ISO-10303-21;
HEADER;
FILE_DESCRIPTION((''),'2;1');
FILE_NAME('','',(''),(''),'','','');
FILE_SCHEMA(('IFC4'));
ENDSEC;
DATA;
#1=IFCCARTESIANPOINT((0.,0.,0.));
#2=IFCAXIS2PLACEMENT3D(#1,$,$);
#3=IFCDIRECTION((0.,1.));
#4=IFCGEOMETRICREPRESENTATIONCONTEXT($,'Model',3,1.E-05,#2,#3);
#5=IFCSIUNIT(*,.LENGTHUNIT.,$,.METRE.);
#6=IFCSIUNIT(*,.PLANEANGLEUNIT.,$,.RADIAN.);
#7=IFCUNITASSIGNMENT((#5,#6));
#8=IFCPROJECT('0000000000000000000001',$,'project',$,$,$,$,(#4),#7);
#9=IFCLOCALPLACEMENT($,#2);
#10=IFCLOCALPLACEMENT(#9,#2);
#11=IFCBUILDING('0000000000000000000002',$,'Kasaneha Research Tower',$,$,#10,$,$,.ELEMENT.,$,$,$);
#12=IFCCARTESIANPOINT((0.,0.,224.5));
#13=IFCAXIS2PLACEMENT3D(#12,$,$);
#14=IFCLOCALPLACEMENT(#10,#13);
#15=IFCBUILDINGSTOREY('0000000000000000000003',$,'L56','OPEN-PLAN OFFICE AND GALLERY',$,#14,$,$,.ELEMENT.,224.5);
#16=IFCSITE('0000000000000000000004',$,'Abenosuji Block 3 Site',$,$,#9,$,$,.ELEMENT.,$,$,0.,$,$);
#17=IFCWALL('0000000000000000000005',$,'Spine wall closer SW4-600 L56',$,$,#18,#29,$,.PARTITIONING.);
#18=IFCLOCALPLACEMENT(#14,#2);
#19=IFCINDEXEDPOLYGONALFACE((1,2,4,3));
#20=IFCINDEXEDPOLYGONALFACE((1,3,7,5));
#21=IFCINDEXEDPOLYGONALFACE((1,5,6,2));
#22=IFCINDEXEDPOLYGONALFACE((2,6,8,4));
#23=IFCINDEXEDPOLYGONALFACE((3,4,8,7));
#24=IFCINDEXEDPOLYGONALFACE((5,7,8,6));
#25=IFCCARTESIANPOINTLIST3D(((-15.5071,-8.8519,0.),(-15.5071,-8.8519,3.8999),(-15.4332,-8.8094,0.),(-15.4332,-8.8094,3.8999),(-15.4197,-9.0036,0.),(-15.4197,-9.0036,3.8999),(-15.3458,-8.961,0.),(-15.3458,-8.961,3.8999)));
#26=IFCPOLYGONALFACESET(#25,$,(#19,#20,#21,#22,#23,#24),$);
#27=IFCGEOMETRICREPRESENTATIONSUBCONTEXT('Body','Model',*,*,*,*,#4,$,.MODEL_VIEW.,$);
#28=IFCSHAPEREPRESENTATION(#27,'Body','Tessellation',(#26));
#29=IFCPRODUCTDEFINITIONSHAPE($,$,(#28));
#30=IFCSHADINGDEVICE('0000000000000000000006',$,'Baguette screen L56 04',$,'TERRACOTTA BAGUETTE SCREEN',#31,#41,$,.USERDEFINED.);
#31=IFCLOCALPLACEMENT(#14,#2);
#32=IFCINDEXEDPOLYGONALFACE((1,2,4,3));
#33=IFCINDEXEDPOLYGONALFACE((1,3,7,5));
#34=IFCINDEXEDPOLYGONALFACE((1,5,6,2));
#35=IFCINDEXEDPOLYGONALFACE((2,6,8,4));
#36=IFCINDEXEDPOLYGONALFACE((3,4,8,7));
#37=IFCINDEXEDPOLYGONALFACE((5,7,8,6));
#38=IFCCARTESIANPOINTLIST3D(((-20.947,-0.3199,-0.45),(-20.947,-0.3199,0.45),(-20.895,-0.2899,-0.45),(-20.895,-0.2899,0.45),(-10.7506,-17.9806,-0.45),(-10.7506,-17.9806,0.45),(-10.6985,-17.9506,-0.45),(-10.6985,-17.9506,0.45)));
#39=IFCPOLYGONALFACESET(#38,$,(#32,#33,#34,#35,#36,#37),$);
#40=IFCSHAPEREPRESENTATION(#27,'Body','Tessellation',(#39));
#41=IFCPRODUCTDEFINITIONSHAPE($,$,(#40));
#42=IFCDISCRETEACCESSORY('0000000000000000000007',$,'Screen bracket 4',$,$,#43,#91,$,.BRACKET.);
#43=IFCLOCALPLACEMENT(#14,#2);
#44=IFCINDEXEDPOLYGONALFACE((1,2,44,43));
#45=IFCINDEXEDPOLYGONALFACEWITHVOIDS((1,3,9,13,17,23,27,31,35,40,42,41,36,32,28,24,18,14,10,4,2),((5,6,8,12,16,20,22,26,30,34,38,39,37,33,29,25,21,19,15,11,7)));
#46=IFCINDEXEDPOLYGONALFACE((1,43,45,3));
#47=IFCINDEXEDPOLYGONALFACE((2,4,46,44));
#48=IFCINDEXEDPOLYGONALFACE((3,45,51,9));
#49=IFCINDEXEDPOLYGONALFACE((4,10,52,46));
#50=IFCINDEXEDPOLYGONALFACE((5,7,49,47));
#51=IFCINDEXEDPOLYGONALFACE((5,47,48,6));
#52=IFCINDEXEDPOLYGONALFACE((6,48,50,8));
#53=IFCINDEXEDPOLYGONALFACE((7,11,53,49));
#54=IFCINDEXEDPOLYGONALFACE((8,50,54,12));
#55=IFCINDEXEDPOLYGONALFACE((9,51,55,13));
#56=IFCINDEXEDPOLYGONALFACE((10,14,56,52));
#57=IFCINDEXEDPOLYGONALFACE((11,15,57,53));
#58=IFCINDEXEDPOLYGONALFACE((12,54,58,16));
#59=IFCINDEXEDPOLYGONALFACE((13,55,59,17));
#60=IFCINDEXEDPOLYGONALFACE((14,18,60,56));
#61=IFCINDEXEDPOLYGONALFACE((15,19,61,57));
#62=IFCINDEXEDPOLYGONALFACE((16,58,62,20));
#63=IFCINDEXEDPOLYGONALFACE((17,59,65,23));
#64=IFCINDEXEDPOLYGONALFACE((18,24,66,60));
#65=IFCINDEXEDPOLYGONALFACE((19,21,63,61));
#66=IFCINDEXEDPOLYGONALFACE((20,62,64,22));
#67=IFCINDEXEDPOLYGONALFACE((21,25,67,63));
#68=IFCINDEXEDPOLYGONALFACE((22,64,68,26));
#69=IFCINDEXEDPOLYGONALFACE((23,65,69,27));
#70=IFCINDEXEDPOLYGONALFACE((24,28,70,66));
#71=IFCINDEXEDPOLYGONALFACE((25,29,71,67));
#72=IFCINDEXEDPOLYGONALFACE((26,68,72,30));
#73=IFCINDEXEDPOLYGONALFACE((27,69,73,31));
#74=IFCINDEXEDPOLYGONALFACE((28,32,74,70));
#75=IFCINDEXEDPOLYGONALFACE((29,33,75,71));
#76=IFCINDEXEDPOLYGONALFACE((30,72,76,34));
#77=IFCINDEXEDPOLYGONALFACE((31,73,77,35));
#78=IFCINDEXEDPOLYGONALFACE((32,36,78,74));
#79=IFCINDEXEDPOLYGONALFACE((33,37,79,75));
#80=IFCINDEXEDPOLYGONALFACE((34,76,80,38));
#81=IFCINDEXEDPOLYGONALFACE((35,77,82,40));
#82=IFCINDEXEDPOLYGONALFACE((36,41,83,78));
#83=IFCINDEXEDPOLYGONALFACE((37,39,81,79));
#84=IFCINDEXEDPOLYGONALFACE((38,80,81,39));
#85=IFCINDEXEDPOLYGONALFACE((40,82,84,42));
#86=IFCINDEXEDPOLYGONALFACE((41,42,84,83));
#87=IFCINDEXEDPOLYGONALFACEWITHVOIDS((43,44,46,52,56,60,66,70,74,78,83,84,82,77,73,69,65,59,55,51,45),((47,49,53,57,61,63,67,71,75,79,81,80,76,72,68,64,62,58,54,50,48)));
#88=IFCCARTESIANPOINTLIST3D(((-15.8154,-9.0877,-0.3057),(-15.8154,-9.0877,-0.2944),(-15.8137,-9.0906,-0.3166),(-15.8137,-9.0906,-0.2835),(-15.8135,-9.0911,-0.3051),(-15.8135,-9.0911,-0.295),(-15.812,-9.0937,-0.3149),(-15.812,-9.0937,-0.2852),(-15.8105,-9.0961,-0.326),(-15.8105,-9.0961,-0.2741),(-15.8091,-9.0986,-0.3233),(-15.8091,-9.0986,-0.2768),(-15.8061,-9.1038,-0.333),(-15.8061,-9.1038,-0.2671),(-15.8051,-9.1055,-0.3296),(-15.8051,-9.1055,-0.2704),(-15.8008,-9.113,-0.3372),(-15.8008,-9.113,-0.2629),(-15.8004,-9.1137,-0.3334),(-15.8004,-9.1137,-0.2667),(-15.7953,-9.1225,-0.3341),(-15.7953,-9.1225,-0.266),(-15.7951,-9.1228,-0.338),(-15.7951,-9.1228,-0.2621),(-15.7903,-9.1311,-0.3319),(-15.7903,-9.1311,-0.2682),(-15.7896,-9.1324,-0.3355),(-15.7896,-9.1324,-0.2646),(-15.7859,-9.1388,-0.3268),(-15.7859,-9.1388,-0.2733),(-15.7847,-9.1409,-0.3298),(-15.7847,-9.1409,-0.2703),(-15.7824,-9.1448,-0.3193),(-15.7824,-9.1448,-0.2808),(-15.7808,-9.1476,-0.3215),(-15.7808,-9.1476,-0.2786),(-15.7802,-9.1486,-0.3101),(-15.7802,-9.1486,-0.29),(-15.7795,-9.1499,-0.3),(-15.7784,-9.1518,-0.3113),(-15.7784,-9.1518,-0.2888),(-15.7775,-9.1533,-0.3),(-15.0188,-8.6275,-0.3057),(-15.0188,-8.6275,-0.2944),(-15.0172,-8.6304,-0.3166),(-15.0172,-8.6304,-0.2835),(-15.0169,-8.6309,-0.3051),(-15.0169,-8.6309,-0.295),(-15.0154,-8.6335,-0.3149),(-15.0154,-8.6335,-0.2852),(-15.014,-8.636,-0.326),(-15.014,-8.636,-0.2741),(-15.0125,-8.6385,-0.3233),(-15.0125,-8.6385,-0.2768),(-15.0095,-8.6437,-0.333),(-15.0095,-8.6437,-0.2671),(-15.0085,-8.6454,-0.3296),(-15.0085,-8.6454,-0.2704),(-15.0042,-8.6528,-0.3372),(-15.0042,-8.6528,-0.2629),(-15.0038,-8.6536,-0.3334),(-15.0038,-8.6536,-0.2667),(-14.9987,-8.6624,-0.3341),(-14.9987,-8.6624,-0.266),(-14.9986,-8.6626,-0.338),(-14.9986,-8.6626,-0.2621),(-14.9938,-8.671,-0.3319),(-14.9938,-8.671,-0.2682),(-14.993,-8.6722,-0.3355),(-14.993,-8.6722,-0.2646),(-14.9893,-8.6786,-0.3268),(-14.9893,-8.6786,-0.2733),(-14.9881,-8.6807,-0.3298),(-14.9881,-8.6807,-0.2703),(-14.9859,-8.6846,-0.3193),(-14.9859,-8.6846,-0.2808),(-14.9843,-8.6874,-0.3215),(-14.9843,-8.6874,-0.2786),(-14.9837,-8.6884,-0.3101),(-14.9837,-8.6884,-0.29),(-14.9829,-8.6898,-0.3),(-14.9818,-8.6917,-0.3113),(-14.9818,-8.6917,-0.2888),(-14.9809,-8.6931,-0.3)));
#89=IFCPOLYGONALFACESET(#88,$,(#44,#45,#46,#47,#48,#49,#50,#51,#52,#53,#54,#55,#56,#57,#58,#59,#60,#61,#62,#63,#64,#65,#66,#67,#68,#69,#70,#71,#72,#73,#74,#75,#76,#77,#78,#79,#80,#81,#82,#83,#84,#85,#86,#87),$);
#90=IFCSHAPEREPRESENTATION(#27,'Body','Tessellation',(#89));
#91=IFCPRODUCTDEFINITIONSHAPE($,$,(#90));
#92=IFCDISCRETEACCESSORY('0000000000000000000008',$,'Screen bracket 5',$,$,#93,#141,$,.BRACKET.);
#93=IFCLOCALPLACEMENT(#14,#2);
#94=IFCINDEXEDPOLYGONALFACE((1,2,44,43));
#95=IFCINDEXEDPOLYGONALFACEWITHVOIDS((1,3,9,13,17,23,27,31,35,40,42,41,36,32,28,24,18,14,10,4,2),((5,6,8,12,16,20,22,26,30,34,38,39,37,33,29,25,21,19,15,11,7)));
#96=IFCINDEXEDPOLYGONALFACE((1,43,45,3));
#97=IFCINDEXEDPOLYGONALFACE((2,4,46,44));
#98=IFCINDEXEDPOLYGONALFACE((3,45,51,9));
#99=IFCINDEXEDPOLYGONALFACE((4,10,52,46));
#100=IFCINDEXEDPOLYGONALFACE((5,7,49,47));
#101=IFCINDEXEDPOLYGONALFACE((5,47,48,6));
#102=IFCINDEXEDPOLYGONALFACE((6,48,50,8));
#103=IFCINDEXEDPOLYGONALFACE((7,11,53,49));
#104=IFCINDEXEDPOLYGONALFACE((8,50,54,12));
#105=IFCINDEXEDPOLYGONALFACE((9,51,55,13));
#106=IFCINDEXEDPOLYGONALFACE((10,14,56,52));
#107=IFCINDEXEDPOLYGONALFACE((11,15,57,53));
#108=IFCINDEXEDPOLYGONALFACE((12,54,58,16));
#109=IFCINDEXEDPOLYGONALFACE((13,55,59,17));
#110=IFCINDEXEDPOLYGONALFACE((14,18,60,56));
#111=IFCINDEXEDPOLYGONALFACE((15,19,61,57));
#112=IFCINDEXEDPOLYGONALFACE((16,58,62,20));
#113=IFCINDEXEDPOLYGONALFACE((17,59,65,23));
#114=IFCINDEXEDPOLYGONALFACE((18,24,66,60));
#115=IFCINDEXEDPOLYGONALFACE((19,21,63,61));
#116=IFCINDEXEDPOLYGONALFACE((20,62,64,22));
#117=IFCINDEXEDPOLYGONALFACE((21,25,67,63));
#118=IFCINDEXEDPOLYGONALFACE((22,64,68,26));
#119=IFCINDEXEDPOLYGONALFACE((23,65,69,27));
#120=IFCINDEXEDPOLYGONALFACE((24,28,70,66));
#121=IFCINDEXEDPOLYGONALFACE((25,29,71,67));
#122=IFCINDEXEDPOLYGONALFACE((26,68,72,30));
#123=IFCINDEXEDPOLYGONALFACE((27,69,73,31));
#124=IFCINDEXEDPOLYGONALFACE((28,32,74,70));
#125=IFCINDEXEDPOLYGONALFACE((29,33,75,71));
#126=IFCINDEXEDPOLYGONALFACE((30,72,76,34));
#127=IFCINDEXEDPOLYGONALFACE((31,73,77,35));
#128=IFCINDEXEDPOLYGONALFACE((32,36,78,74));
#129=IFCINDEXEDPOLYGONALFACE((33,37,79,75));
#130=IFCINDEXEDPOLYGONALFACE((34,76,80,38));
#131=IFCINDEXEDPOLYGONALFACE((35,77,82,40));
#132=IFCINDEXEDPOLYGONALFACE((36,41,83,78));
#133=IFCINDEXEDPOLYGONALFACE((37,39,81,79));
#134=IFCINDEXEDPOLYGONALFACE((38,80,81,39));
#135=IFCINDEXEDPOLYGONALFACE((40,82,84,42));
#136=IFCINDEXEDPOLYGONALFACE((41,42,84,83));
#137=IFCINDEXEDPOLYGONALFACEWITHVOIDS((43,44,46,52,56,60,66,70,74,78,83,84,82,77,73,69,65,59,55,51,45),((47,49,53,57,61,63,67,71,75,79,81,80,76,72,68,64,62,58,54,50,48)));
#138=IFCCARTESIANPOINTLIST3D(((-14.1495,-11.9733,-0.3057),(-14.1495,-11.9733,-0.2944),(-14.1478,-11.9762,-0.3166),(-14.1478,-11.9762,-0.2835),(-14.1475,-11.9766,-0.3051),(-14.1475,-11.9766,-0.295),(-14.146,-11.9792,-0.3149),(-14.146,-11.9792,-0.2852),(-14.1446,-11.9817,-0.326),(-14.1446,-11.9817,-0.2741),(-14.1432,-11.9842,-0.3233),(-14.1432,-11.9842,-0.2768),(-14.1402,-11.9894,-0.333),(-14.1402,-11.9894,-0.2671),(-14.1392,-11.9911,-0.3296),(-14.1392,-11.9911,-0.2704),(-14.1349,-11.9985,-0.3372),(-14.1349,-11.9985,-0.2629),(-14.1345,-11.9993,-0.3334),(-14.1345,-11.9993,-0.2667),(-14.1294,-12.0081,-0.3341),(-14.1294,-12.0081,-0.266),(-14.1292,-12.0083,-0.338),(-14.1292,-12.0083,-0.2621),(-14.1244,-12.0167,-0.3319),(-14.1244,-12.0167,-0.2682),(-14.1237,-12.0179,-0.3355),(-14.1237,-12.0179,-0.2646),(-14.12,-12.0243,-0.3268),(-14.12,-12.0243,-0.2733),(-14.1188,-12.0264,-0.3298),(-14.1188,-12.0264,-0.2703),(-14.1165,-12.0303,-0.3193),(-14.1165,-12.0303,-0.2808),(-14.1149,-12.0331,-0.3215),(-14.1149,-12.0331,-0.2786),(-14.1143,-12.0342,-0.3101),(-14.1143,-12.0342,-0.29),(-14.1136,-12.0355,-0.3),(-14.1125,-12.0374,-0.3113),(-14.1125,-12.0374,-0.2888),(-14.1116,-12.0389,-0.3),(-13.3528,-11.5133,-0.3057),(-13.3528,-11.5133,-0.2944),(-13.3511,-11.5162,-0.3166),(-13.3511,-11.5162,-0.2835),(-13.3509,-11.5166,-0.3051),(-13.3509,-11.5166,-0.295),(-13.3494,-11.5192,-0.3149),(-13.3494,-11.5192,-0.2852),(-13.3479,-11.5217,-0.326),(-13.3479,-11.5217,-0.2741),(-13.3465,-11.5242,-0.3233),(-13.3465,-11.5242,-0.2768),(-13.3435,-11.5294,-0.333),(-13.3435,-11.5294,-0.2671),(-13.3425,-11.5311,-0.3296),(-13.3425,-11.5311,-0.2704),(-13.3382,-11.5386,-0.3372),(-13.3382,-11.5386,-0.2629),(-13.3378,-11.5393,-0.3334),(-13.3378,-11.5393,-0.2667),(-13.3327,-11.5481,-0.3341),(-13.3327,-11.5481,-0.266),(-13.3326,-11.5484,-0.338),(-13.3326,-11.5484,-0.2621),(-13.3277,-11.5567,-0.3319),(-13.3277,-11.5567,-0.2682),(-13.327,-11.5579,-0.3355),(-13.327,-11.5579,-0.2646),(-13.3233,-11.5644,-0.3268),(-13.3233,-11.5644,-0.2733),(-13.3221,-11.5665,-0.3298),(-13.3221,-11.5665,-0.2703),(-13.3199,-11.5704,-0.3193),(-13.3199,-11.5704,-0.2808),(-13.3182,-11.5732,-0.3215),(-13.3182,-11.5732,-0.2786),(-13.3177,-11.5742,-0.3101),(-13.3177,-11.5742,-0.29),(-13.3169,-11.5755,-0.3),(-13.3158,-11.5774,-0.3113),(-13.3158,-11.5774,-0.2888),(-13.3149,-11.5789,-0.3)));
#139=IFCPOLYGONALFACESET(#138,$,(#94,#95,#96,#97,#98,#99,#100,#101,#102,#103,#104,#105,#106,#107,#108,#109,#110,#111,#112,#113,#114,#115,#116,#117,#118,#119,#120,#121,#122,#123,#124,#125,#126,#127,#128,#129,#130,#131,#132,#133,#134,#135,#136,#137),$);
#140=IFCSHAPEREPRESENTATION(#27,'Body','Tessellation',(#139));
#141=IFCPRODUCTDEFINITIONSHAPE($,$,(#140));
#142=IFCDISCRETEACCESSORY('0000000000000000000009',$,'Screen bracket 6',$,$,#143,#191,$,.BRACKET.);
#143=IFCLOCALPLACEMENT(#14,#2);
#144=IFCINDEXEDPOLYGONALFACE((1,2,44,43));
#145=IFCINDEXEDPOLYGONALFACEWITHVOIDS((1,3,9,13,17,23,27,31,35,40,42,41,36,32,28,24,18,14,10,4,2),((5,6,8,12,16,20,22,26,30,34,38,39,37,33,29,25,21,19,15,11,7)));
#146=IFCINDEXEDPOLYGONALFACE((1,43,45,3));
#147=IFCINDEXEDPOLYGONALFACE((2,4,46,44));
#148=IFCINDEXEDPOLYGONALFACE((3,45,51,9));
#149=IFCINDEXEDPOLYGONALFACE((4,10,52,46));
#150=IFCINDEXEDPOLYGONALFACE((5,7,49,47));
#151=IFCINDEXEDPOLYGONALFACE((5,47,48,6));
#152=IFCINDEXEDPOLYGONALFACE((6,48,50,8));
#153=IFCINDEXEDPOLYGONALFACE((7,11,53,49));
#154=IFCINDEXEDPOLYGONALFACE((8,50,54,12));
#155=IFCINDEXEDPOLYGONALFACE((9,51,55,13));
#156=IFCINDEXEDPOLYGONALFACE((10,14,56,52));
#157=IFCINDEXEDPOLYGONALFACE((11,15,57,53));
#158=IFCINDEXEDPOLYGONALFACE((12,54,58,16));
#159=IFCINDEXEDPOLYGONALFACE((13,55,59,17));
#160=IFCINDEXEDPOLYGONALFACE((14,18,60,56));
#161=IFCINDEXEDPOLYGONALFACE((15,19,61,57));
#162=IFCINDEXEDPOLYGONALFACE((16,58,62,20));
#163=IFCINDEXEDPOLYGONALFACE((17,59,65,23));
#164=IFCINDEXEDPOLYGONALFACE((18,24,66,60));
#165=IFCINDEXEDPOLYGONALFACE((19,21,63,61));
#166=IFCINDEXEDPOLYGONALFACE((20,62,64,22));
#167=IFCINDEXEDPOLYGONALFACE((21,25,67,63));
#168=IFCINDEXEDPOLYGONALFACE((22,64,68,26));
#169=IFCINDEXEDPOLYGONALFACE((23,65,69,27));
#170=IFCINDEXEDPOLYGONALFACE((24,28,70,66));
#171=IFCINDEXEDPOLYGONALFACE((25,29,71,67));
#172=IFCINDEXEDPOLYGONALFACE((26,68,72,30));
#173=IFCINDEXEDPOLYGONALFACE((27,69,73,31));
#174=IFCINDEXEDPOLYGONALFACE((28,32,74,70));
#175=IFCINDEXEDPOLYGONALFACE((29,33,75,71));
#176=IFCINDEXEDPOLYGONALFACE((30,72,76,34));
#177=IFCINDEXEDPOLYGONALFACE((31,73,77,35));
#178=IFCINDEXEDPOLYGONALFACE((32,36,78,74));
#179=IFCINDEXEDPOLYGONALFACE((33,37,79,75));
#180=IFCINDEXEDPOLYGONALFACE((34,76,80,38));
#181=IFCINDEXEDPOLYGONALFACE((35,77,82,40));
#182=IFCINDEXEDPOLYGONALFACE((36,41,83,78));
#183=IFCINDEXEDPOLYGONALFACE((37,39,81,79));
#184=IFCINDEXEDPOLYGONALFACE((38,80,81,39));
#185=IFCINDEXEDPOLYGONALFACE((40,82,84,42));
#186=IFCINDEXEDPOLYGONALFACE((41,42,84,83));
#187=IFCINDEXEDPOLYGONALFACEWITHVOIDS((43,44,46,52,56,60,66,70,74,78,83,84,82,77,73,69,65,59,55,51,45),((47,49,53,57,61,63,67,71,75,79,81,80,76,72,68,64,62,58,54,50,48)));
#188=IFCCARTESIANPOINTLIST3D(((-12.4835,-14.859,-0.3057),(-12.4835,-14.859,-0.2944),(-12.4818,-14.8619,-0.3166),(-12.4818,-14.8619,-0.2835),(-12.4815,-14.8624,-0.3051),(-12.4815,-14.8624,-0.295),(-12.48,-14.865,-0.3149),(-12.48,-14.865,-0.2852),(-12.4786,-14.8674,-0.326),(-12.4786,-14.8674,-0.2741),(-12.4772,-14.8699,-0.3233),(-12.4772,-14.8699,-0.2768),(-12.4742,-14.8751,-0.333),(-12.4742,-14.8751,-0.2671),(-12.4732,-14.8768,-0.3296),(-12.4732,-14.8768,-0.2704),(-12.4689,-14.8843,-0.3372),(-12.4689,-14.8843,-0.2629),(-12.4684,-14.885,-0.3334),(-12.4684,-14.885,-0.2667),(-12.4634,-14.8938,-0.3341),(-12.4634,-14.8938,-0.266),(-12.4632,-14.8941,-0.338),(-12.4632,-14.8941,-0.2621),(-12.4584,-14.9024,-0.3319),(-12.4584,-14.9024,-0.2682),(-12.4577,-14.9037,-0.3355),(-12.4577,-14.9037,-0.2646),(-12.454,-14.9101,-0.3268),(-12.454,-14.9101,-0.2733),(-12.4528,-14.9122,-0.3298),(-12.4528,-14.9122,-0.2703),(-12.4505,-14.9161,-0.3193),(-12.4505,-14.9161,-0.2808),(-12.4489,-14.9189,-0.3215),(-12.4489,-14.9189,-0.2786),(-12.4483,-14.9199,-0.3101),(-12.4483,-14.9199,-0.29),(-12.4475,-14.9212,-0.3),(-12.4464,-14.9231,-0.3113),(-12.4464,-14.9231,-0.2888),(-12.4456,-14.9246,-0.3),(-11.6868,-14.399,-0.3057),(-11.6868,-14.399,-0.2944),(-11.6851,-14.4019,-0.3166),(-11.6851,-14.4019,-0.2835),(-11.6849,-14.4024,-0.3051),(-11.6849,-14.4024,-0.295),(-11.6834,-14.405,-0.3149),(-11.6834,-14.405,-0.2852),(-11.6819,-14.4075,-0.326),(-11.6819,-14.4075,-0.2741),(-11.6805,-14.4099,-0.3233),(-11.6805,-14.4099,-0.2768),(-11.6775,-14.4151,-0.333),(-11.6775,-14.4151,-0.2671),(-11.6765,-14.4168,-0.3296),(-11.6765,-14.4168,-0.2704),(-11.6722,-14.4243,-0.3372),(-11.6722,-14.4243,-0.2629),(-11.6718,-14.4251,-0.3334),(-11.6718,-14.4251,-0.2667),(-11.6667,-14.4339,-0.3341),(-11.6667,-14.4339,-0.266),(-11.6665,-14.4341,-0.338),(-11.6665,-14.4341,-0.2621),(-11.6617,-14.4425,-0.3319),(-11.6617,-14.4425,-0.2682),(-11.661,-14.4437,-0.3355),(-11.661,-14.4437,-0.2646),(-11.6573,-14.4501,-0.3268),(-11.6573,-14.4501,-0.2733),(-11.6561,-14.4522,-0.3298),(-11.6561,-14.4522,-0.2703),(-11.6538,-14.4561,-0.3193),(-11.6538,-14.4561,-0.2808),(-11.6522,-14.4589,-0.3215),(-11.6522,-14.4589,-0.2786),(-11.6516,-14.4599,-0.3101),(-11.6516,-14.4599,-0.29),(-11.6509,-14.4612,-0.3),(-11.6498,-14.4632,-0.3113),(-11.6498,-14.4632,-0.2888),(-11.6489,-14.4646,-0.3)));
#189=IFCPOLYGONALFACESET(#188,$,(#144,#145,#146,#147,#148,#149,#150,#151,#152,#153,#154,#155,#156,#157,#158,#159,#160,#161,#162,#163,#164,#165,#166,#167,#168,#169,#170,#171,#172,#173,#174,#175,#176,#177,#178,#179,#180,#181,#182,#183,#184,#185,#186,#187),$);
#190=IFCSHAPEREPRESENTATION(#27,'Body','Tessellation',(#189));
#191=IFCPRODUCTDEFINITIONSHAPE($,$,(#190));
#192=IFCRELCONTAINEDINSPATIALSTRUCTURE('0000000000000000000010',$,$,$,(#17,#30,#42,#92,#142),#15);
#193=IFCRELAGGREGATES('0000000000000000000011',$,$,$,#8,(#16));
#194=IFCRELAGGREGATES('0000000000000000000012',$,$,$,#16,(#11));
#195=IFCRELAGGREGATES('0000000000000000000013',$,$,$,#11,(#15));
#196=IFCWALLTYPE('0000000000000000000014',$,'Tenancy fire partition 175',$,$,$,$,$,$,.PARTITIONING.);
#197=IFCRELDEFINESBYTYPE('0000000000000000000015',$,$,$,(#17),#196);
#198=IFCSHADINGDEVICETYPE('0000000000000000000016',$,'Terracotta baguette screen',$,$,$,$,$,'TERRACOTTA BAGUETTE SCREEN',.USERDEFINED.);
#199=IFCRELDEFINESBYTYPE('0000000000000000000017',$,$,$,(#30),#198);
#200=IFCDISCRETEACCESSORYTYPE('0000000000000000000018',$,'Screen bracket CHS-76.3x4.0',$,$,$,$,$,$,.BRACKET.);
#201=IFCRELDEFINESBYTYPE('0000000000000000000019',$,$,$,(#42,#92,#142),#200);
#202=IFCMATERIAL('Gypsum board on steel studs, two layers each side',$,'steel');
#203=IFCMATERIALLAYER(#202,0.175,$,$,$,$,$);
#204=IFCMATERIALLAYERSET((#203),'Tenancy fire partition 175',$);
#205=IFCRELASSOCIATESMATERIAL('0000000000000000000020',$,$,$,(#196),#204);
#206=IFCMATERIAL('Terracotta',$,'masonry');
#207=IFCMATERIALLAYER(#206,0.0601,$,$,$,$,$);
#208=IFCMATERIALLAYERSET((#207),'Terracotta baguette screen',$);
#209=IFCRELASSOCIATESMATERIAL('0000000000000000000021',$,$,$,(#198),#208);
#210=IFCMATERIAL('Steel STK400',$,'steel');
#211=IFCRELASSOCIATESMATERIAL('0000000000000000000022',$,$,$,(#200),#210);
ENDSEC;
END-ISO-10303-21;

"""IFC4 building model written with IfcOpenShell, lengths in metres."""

from ifc_helpers import new_model, si_unit, direction, frame, frame_2d, origin, origin_2d, place, context, subcontext, project, spatial, rectangle, hollow_circle, extrude, material, layer, layer_set, material_profile, profile_set, type_object, element, save


model = new_model("IFC4")

# Units and contexts
model_context = context("Model", 3, precision=1e-05, world=origin(), true_north=direction((0.0, 1.0)))
body_context = subcontext(model_context, "Body", "Model", "MODEL_VIEW")
ifc_project = project(units=[si_unit("LENGTHUNIT", "METRE"), si_unit("PLANEANGLEUNIT", "RADIAN")], contexts=[model_context])

# Site, building, storey
site_placement = place(None, origin())
site = spatial("IfcSite", under=ifc_project, at=site_placement, Name="Abenosuji Block 3 Site", CompositionType="ELEMENT", RefElevation=0.0)
building_placement = place(site_placement, origin())
building = spatial("IfcBuilding", under=site, at=building_placement, Name="Kasaneha Research Tower", CompositionType="ELEMENT")
storey_placement = place(building_placement, frame((0.0, 0.0, 224.5)))
storey = spatial("IfcBuildingStorey", under=building, at=storey_placement, Name="L56", Description="OPEN-PLAN OFFICE AND GALLERY", CompositionType="ELEMENT", Elevation=224.5)

# Wall
ifc_material_1 = material(Name="Gypsum board on steel studs, two layers each side", Category="steel")
ifc_layer_1 = layer(ifc_material_1, 0.175)
ifc_layer_set_1 = layer_set([ifc_layer_1], Name="Tenancy fire partition 175")
wall_type_1 = type_object("IfcWallType", Name="Tenancy fire partition 175", PredefinedType="PARTITIONING", material=ifc_layer_set_1)
wall_1_placement = place(storey_placement, frame((-15.3896, -8.8853, 0.0), z_axis=(0.0, 0.0, 1.0), x_axis=(-0.866472, -0.499226, 0.0)))
element("IfcWall", 1, at=wall_1_placement, inside=storey, type_object=wall_type_1, Name="Spine wall closer SW4-600 L56", PredefinedType="PARTITIONING", context=body_context, shape_type="SweptSolid", body=[
    extrude(rectangle(XDim=0.0852, YDim=0.175, at=frame_2d((0.0425, 0.0))), origin(), (0.0, 0.0, 1.0), 3.8999),
])

# Shading device
ifc_material_2 = material(Name="Terracotta", Category="masonry")
ifc_layer_2 = layer(ifc_material_2, 0.0601)
ifc_layer_set_2 = layer_set([ifc_layer_2], Name="Terracotta baguette screen")
shading_device_type = type_object("IfcShadingDeviceType", Name="Terracotta baguette screen", ElementType="TERRACOTTA BAGUETTE SCREEN", PredefinedType="USERDEFINED", material=ifc_layer_set_2)
shading_device_placement = place(storey_placement, frame((-15.8228, -9.1353, -0.45), z_axis=(0.0, 0.0, 1.0), x_axis=(0.5, -0.866025, 0.0)))
element("IfcShadingDevice", 2, at=shading_device_placement, inside=storey, type_object=shading_device_type, Name="Baguette screen L56 04", ObjectType="TERRACOTTA BAGUETTE SCREEN", PredefinedType="USERDEFINED", context=body_context, shape_type="SweptSolid", body=[
    extrude(rectangle(XDim=20.3928, YDim=0.0601, at=origin_2d()), origin(), (0.0, 0.0, 1.0), 0.8999),
])

# Discrete accessories
ifc_material_3 = material(Name="Steel STK400", Category="steel")
ifc_material_profile_1 = material_profile(ifc_material_3, hollow_circle(Radius=0.0381, WallThickness=0.0039, at=origin_2d()), Name="CHS-76.3x4.0")
ifc_profile_set_1 = profile_set([ifc_material_profile_1], Name="Steel STK400")
discrete_accessory_type = type_object("IfcDiscreteAccessoryType", Name="Screen bracket CHS-76.3x4.0", PredefinedType="BRACKET", material=ifc_profile_set_1)
for number, where, z_axis, x_axis, name in (
    (3, (-15.0, -8.6602, -0.3), (-0.865898, -0.50022, 0.0), (0.50022, -0.865898, 0.0), "Screen bracket 4"),
    (4, (-13.334, -11.5459, -0.3), (-0.866013, -0.500021, 0.0), (0.500021, -0.866013, 0.0), "Screen bracket 5"),
    (5, (-11.668, -14.4316, -0.3), (-0.866013, -0.500021, 0.0), (0.500021, -0.866013, 0.0), "Screen bracket 6"),
):
    element("IfcDiscreteAccessory", number, at=place(storey_placement, frame(where, z_axis=z_axis, x_axis=x_axis)), inside=storey, type_object=discrete_accessory_type, Name=name, PredefinedType="BRACKET", context=body_context, shape_type="SweptSolid", body=[
        extrude(hollow_circle(Radius=0.0381, WallThickness=0.0039, at=origin_2d()), origin(), (0.0, 0.0, 1.0), 0.9199),
    ])

save(model, "model.ifc")
